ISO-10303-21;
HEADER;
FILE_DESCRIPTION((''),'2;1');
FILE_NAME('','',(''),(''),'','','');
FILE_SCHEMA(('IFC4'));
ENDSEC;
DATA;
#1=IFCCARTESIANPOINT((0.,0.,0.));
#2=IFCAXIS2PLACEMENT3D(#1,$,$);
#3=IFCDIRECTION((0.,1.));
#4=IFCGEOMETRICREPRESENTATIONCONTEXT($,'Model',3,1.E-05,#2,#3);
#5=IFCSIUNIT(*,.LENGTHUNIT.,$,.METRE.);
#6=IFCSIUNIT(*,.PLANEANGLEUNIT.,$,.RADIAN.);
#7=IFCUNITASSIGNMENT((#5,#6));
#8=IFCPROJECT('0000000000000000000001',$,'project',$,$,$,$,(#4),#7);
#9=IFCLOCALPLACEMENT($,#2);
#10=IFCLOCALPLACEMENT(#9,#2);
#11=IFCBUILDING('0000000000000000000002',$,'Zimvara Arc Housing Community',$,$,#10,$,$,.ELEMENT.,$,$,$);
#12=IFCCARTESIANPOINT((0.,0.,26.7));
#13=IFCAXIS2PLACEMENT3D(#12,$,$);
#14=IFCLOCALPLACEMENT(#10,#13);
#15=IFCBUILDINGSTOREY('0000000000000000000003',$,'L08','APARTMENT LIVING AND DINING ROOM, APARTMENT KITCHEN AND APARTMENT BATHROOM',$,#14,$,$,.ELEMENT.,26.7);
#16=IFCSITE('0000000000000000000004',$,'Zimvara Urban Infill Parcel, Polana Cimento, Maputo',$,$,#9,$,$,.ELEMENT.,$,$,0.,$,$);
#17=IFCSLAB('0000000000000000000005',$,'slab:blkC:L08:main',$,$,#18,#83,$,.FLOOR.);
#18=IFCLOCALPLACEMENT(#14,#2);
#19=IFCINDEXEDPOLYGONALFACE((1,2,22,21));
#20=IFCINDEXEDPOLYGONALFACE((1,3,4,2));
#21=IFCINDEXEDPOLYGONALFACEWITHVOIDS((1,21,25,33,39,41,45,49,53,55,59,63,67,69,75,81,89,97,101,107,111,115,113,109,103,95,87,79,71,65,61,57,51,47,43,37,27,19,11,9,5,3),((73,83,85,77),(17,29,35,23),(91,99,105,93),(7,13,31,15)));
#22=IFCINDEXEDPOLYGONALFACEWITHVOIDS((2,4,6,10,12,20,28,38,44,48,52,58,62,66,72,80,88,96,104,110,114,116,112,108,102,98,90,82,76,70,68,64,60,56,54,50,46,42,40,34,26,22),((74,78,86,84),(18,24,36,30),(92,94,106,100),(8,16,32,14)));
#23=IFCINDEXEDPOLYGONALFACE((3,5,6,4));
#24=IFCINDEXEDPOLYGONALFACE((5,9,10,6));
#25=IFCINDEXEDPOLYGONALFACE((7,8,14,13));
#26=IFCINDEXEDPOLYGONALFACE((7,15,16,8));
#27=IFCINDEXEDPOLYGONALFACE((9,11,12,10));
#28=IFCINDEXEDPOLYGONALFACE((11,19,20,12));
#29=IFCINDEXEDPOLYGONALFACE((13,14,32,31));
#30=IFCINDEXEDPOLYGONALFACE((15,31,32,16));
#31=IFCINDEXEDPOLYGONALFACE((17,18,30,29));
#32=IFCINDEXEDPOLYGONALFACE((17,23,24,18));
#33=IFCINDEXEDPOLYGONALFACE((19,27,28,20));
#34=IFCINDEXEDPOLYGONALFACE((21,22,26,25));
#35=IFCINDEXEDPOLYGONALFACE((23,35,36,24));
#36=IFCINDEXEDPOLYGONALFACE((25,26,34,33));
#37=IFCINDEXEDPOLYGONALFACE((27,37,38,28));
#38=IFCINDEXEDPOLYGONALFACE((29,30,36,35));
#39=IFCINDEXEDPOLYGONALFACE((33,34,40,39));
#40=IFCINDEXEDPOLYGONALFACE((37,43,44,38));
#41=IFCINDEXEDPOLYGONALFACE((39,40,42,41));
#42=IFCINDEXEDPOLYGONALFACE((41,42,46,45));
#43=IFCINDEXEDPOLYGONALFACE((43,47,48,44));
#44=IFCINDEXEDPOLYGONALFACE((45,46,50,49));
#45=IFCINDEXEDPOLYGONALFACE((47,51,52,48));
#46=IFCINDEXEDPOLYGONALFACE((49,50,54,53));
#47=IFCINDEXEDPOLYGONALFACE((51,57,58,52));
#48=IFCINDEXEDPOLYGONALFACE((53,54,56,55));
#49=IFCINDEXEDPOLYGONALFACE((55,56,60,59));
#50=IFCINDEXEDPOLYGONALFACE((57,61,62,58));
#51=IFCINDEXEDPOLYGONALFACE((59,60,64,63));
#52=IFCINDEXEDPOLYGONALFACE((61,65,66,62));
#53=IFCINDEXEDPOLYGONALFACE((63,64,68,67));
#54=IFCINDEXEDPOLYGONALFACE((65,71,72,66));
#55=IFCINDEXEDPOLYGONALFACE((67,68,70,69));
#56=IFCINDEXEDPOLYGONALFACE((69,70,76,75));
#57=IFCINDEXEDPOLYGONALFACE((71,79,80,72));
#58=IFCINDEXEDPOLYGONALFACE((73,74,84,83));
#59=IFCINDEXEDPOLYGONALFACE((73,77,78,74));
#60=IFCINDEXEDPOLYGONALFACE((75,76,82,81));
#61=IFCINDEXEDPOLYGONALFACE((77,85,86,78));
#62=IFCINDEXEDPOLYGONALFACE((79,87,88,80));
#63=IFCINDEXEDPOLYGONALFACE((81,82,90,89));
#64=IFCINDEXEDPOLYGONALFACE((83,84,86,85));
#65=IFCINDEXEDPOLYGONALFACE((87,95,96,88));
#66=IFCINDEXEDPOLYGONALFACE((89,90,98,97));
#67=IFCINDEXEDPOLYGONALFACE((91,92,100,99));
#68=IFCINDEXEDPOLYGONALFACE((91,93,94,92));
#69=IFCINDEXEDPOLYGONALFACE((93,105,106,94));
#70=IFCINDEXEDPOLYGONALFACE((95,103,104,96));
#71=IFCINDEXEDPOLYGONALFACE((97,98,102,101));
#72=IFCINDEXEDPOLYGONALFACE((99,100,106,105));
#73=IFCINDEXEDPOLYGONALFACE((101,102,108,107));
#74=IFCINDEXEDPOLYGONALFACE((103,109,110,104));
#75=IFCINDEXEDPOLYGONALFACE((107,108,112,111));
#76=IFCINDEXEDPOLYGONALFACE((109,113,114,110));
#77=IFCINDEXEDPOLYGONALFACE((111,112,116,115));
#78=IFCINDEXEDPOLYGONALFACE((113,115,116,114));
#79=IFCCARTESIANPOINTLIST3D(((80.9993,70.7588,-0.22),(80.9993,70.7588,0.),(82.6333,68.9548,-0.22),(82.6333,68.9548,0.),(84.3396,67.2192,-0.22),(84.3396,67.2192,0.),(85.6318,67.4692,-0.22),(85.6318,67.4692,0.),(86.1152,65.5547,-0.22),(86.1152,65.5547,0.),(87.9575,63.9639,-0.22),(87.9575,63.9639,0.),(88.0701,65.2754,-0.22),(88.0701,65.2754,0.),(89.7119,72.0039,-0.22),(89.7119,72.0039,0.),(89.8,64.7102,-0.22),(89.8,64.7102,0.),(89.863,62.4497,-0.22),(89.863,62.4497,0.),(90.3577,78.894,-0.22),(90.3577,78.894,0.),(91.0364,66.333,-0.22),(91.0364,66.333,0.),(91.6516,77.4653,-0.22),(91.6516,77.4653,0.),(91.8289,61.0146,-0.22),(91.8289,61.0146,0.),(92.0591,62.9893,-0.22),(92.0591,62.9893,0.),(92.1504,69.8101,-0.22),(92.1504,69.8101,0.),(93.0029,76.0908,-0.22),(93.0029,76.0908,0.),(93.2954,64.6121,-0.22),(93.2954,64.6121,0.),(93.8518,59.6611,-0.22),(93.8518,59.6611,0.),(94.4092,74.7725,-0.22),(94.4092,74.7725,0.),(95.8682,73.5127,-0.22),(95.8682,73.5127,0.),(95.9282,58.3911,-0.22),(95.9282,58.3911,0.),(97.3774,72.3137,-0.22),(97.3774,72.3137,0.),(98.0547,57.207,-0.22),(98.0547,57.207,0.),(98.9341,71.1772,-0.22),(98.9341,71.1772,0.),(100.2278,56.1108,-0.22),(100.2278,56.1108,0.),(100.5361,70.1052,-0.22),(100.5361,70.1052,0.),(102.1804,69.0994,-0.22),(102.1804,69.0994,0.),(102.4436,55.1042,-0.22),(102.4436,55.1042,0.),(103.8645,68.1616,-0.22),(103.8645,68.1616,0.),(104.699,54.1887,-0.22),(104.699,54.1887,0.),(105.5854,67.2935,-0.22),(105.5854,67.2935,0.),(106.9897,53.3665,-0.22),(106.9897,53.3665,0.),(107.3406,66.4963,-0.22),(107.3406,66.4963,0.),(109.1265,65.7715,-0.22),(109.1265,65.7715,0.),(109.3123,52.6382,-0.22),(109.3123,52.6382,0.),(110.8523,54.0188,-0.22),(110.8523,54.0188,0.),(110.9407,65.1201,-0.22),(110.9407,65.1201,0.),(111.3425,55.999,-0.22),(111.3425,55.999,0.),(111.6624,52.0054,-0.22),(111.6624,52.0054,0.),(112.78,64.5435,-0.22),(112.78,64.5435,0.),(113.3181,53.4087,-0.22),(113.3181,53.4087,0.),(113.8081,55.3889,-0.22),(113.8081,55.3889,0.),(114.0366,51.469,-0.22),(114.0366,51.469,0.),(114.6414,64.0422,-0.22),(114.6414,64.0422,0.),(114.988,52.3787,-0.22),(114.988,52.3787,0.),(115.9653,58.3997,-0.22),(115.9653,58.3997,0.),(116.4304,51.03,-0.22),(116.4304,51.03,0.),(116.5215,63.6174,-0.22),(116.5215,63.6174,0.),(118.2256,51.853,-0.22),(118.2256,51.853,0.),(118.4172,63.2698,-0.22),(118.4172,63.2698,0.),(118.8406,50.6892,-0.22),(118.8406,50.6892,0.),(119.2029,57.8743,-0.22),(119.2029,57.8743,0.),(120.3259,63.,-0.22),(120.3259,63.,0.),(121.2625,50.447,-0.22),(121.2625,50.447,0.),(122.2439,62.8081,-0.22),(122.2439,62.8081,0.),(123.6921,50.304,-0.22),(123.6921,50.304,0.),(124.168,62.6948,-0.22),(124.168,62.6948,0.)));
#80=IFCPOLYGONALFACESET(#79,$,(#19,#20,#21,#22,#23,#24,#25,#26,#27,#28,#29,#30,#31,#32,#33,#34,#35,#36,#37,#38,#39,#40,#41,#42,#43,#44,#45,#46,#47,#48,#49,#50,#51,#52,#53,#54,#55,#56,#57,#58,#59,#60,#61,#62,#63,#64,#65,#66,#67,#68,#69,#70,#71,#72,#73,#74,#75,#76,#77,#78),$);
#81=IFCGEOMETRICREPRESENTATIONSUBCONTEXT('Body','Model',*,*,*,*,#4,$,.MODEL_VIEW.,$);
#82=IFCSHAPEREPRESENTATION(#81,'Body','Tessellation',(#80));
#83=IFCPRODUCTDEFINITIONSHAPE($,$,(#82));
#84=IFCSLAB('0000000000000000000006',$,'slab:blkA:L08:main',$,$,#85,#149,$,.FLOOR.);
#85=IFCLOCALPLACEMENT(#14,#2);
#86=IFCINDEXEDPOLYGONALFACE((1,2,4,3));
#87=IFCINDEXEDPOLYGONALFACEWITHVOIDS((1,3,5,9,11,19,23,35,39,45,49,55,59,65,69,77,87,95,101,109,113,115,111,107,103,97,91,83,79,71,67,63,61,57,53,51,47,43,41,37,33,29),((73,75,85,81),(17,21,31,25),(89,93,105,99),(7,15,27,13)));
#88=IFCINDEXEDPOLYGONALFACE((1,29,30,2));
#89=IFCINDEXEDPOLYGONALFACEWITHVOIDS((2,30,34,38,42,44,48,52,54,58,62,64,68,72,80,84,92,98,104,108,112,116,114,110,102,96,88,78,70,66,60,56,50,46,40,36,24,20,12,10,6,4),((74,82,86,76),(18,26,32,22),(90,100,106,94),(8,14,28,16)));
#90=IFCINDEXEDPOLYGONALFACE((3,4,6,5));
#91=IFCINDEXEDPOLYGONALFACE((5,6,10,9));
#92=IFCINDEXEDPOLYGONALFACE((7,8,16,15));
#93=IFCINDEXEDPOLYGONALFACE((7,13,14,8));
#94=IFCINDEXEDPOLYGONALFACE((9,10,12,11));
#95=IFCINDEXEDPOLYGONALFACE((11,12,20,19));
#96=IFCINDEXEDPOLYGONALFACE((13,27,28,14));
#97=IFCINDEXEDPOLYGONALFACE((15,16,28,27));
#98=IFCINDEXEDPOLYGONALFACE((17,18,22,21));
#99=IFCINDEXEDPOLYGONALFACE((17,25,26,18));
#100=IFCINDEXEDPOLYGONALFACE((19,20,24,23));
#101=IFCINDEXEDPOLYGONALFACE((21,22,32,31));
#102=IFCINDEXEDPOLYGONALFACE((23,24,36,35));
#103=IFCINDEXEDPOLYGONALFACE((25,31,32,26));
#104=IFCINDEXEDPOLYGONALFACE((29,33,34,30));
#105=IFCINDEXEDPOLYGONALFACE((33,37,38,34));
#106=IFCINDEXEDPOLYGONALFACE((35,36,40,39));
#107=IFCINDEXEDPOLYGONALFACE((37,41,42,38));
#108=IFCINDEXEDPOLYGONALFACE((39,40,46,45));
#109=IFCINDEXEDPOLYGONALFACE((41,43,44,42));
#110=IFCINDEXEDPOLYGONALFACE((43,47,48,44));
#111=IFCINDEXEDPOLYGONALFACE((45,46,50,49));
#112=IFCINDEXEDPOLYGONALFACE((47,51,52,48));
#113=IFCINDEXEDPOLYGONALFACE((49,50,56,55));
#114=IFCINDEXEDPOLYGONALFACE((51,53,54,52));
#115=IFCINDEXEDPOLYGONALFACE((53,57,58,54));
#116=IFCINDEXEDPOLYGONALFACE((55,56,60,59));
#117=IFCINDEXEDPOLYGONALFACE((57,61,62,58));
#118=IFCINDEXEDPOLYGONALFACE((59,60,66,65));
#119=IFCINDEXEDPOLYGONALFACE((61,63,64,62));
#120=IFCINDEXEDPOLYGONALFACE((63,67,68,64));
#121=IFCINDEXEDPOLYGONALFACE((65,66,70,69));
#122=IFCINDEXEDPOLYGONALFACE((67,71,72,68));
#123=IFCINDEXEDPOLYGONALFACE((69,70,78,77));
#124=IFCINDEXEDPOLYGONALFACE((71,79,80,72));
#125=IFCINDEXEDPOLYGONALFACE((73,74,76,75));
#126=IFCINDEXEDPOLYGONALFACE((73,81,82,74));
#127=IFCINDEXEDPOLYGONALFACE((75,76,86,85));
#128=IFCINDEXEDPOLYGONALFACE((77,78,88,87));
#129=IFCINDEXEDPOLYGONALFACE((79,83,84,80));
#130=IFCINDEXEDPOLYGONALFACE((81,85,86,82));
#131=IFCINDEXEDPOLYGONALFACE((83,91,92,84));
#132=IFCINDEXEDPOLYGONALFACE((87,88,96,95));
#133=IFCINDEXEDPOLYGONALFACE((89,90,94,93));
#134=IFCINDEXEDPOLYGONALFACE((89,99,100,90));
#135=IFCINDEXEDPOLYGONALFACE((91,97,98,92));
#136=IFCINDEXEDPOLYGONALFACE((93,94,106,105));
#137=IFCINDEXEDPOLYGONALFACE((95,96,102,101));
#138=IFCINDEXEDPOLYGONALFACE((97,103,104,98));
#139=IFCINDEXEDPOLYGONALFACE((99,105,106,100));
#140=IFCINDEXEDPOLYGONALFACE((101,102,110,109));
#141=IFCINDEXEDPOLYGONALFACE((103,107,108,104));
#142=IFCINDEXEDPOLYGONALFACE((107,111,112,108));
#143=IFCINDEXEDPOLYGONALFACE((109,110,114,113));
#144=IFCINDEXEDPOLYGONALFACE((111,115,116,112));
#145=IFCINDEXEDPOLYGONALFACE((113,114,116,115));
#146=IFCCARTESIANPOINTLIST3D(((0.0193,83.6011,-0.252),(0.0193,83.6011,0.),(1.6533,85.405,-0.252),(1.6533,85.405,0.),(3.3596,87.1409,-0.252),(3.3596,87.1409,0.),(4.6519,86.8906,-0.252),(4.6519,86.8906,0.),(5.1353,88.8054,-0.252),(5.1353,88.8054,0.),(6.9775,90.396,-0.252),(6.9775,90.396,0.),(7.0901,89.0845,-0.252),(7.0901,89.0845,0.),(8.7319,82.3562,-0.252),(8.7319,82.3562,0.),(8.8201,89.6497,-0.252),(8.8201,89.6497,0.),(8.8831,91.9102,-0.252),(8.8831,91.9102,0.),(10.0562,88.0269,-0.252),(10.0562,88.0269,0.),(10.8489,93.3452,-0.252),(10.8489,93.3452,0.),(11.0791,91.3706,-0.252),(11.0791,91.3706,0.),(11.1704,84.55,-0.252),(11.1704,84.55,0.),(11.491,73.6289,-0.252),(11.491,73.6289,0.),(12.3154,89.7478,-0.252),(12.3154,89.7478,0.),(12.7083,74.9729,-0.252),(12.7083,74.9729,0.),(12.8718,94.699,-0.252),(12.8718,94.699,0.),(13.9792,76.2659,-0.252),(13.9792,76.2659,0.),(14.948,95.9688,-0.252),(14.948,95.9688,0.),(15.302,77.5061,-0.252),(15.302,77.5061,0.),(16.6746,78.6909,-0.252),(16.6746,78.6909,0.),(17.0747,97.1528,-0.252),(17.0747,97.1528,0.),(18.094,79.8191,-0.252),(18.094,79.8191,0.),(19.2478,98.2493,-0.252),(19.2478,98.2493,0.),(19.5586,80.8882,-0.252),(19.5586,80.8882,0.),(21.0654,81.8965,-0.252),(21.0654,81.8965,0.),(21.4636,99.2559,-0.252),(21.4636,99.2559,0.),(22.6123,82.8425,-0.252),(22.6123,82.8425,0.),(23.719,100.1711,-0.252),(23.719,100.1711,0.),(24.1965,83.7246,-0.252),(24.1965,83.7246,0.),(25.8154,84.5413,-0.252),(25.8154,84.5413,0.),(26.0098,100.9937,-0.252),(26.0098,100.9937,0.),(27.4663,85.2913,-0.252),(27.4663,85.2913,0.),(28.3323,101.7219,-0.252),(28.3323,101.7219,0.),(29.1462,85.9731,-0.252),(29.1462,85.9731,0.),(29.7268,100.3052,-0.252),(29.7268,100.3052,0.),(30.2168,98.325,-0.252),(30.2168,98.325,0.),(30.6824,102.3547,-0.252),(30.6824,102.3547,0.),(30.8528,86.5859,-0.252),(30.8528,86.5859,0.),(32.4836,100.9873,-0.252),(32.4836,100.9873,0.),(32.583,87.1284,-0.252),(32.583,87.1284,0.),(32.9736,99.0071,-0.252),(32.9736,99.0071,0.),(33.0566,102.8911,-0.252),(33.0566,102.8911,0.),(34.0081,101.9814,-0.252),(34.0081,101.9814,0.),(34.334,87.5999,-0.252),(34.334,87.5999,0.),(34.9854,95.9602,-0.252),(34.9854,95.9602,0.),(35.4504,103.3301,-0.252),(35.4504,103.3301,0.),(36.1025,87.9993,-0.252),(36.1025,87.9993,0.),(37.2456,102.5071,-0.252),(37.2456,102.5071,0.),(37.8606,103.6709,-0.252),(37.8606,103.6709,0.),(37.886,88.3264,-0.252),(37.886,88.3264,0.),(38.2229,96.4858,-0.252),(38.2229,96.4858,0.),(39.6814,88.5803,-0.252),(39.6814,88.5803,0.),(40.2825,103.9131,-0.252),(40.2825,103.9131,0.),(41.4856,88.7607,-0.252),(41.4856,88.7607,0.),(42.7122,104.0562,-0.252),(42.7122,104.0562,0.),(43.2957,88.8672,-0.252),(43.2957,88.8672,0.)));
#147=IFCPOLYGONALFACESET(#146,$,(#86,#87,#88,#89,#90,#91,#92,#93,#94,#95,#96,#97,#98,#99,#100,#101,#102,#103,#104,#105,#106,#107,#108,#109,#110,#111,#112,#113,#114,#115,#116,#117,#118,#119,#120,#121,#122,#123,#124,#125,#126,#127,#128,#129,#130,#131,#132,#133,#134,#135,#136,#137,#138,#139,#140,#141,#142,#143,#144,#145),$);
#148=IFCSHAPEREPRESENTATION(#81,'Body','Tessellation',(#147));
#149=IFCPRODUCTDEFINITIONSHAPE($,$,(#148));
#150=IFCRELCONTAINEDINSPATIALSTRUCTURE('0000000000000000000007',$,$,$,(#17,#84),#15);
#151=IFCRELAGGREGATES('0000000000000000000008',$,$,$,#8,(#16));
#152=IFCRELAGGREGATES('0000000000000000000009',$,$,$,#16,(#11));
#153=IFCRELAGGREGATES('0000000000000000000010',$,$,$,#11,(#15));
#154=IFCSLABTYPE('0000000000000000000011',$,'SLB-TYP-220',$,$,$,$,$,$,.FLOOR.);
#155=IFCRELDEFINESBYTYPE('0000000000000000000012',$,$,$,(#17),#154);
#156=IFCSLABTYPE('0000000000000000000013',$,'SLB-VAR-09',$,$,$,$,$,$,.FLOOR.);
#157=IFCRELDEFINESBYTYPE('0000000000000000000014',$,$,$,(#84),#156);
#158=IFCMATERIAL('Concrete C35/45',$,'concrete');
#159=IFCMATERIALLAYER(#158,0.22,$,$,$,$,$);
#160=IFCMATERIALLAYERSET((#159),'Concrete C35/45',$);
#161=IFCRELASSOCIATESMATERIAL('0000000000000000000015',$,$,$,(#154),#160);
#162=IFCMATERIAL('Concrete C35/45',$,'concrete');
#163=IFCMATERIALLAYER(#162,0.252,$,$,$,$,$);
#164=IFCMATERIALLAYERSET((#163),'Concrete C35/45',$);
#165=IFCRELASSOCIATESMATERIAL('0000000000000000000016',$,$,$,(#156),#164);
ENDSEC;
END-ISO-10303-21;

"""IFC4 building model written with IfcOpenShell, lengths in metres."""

from ifc_helpers import new_model, si_unit, direction, frame, origin, place, context, subcontext, project, spatial, polyline, outline, extrude, material, layer, layer_set, type_object, element, save


model = new_model("IFC4")

# Units and contexts
model_context = context("Model", 3, precision=1e-05, world=origin(), true_north=direction((0.0, 1.0)))
body_context = subcontext(model_context, "Body", "Model", "MODEL_VIEW")
ifc_project = project(units=[si_unit("LENGTHUNIT", "METRE"), si_unit("PLANEANGLEUNIT", "RADIAN")], contexts=[model_context])

# Site, building, storey
site_placement = place(None, origin())
site = spatial("IfcSite", under=ifc_project, at=site_placement, Name="Zimvara Urban Infill Parcel, Polana Cimento, Maputo", CompositionType="ELEMENT", RefElevation=0.0)
building_placement = place(site_placement, origin())
building = spatial("IfcBuilding", under=site, at=building_placement, Name="Zimvara Arc Housing Community", CompositionType="ELEMENT")
storey_placement = place(building_placement, frame((0.0, 0.0, 26.7)))
storey = spatial("IfcBuildingStorey", under=building, at=storey_placement, Name="L08", Description="APARTMENT LIVING AND DINING ROOM, APARTMENT KITCHEN AND APARTMENT BATHROOM", CompositionType="ELEMENT", Elevation=26.7)

# Slabs
ifc_material_1 = material(Name="Concrete C35/45", Category="concrete")
ifc_layer_1 = layer(ifc_material_1, 0.22)
ifc_layer_set_1 = layer_set([ifc_layer_1], Name="Concrete C35/45")
slab_type_1 = type_object("IfcSlabType", Name="SLB-TYP-220", PredefinedType="FLOOR", material=ifc_layer_set_1)
slab_1_placement = place(storey_placement, frame((0.0, 0.0, -0.22)))
element("IfcSlab", 1, at=slab_1_placement, inside=storey, type_object=slab_type_1, Name="slab:blkC:L08:main", PredefinedType="FLOOR", context=body_context, shape_type="SweptSolid", body=[
    extrude(outline(polyline([(80.9993, 70.7588), (82.6333, 68.9548), (84.3396, 67.2192), (86.1152, 65.5547), (87.9575, 63.9639), (89.863, 62.4497), (91.8289, 61.0146), (93.8518, 59.6611), (95.9282, 58.3911), (98.0547, 57.207), (100.2278, 56.1108), (102.4436, 55.1042), (104.699, 54.1887), (106.9897, 53.3665), (109.3123, 52.6382), (111.6624, 52.0054), (114.0366, 51.469), (116.4304, 51.03), (118.8406, 50.6892), (121.2625, 50.447), (123.6921, 50.304), (124.168, 62.6948), (122.2439, 62.8081), (120.3259, 63.0), (118.4172, 63.2698), (116.5215, 63.6174), (114.6414, 64.0422), (112.78, 64.5435), (110.9407, 65.1201), (109.1265, 65.7715), (107.3406, 66.4963), (105.5854, 67.2935), (103.8645, 68.1616), (102.1804, 69.0994), (100.5361, 70.1052), (98.9341, 71.1772), (97.3774, 72.3137), (95.8682, 73.5127), (94.4092, 74.7725), (93.0029, 76.0908), (91.6516, 77.4653), (90.3577, 78.894), (80.9993, 70.7588)]), holes=[polyline([(92.1504, 69.8101), (88.0701, 65.2754), (85.6318, 67.4692), (89.7119, 72.0039), (92.1504, 69.8101)]), polyline([(119.2029, 57.8743), (118.2256, 51.853), (114.988, 52.3787), (115.9653, 58.3997), (119.2029, 57.8743)]), polyline([(93.2954, 64.6121), (92.0591, 62.9893), (89.8, 64.7102), (91.0364, 66.333), (93.2954, 64.6121)]), polyline([(113.8081, 55.3889), (113.3181, 53.4087), (110.8523, 54.0188), (111.3425, 55.999), (113.8081, 55.3889)])]), origin(), (0.0, 0.0, 1.0), 0.22),
])
ifc_material_2 = material(Name="Concrete C35/45", Category="concrete")
ifc_layer_2 = layer(ifc_material_2, 0.252)
ifc_layer_set_2 = layer_set([ifc_layer_2], Name="Concrete C35/45")
slab_type_2 = type_object("IfcSlabType", Name="SLB-VAR-09", PredefinedType="FLOOR", material=ifc_layer_set_2)
slab_2_placement = place(storey_placement, frame((0.0, 0.0, -0.252)))
element("IfcSlab", 2, at=slab_2_placement, inside=storey, type_object=slab_type_2, Name="slab:blkA:L08:main", PredefinedType="FLOOR", context=body_context, shape_type="SweptSolid", body=[
    extrude(outline(polyline([(11.491, 73.6289), (12.7083, 74.9729), (13.9792, 76.2659), (15.302, 77.5061), (16.6746, 78.6909), (18.094, 79.8191), (19.5586, 80.8882), (21.0654, 81.8965), (22.6123, 82.8425), (24.1965, 83.7246), (25.8154, 84.5413), (27.4663, 85.2913), (29.1462, 85.9731), (30.8528, 86.5859), (32.583, 87.1284), (34.334, 87.5999), (36.1025, 87.9993), (37.886, 88.3264), (39.6814, 88.5803), (41.4856, 88.7607), (43.2957, 88.8672), (42.7122, 104.0562), (40.2825, 103.9131), (37.8606, 103.6709), (35.4504, 103.3301), (33.0566, 102.8911), (30.6824, 102.3547), (28.3323, 101.7219), (26.0098, 100.9937), (23.719, 100.1711), (21.4636, 99.2559), (19.2478, 98.2493), (17.0747, 97.1528), (14.948, 95.9688), (12.8718, 94.699), (10.8489, 93.3452), (8.8831, 91.9102), (6.9775, 90.396), (5.1353, 88.8054), (3.3596, 87.1409), (1.6533, 85.405), (0.0193, 83.6011), (11.491, 73.6289)]), holes=[polyline([(8.7319, 82.3562), (4.6519, 86.8906), (7.0901, 89.0845), (11.1704, 84.55), (8.7319, 82.3562)]), polyline([(34.9854, 95.9602), (34.0081, 101.9814), (37.2456, 102.5071), (38.2229, 96.4858), (34.9854, 95.9602)]), polyline([(10.0562, 88.0269), (8.8201, 89.6497), (11.0791, 91.3706), (12.3154, 89.7478), (10.0562, 88.0269)]), polyline([(30.2168, 98.325), (29.7268, 100.3052), (32.4836, 100.9873), (32.9736, 99.0071), (30.2168, 98.325)])]), origin(), (0.0, 0.0, 1.0), 0.252),
])

save(model, "model.ifc")
